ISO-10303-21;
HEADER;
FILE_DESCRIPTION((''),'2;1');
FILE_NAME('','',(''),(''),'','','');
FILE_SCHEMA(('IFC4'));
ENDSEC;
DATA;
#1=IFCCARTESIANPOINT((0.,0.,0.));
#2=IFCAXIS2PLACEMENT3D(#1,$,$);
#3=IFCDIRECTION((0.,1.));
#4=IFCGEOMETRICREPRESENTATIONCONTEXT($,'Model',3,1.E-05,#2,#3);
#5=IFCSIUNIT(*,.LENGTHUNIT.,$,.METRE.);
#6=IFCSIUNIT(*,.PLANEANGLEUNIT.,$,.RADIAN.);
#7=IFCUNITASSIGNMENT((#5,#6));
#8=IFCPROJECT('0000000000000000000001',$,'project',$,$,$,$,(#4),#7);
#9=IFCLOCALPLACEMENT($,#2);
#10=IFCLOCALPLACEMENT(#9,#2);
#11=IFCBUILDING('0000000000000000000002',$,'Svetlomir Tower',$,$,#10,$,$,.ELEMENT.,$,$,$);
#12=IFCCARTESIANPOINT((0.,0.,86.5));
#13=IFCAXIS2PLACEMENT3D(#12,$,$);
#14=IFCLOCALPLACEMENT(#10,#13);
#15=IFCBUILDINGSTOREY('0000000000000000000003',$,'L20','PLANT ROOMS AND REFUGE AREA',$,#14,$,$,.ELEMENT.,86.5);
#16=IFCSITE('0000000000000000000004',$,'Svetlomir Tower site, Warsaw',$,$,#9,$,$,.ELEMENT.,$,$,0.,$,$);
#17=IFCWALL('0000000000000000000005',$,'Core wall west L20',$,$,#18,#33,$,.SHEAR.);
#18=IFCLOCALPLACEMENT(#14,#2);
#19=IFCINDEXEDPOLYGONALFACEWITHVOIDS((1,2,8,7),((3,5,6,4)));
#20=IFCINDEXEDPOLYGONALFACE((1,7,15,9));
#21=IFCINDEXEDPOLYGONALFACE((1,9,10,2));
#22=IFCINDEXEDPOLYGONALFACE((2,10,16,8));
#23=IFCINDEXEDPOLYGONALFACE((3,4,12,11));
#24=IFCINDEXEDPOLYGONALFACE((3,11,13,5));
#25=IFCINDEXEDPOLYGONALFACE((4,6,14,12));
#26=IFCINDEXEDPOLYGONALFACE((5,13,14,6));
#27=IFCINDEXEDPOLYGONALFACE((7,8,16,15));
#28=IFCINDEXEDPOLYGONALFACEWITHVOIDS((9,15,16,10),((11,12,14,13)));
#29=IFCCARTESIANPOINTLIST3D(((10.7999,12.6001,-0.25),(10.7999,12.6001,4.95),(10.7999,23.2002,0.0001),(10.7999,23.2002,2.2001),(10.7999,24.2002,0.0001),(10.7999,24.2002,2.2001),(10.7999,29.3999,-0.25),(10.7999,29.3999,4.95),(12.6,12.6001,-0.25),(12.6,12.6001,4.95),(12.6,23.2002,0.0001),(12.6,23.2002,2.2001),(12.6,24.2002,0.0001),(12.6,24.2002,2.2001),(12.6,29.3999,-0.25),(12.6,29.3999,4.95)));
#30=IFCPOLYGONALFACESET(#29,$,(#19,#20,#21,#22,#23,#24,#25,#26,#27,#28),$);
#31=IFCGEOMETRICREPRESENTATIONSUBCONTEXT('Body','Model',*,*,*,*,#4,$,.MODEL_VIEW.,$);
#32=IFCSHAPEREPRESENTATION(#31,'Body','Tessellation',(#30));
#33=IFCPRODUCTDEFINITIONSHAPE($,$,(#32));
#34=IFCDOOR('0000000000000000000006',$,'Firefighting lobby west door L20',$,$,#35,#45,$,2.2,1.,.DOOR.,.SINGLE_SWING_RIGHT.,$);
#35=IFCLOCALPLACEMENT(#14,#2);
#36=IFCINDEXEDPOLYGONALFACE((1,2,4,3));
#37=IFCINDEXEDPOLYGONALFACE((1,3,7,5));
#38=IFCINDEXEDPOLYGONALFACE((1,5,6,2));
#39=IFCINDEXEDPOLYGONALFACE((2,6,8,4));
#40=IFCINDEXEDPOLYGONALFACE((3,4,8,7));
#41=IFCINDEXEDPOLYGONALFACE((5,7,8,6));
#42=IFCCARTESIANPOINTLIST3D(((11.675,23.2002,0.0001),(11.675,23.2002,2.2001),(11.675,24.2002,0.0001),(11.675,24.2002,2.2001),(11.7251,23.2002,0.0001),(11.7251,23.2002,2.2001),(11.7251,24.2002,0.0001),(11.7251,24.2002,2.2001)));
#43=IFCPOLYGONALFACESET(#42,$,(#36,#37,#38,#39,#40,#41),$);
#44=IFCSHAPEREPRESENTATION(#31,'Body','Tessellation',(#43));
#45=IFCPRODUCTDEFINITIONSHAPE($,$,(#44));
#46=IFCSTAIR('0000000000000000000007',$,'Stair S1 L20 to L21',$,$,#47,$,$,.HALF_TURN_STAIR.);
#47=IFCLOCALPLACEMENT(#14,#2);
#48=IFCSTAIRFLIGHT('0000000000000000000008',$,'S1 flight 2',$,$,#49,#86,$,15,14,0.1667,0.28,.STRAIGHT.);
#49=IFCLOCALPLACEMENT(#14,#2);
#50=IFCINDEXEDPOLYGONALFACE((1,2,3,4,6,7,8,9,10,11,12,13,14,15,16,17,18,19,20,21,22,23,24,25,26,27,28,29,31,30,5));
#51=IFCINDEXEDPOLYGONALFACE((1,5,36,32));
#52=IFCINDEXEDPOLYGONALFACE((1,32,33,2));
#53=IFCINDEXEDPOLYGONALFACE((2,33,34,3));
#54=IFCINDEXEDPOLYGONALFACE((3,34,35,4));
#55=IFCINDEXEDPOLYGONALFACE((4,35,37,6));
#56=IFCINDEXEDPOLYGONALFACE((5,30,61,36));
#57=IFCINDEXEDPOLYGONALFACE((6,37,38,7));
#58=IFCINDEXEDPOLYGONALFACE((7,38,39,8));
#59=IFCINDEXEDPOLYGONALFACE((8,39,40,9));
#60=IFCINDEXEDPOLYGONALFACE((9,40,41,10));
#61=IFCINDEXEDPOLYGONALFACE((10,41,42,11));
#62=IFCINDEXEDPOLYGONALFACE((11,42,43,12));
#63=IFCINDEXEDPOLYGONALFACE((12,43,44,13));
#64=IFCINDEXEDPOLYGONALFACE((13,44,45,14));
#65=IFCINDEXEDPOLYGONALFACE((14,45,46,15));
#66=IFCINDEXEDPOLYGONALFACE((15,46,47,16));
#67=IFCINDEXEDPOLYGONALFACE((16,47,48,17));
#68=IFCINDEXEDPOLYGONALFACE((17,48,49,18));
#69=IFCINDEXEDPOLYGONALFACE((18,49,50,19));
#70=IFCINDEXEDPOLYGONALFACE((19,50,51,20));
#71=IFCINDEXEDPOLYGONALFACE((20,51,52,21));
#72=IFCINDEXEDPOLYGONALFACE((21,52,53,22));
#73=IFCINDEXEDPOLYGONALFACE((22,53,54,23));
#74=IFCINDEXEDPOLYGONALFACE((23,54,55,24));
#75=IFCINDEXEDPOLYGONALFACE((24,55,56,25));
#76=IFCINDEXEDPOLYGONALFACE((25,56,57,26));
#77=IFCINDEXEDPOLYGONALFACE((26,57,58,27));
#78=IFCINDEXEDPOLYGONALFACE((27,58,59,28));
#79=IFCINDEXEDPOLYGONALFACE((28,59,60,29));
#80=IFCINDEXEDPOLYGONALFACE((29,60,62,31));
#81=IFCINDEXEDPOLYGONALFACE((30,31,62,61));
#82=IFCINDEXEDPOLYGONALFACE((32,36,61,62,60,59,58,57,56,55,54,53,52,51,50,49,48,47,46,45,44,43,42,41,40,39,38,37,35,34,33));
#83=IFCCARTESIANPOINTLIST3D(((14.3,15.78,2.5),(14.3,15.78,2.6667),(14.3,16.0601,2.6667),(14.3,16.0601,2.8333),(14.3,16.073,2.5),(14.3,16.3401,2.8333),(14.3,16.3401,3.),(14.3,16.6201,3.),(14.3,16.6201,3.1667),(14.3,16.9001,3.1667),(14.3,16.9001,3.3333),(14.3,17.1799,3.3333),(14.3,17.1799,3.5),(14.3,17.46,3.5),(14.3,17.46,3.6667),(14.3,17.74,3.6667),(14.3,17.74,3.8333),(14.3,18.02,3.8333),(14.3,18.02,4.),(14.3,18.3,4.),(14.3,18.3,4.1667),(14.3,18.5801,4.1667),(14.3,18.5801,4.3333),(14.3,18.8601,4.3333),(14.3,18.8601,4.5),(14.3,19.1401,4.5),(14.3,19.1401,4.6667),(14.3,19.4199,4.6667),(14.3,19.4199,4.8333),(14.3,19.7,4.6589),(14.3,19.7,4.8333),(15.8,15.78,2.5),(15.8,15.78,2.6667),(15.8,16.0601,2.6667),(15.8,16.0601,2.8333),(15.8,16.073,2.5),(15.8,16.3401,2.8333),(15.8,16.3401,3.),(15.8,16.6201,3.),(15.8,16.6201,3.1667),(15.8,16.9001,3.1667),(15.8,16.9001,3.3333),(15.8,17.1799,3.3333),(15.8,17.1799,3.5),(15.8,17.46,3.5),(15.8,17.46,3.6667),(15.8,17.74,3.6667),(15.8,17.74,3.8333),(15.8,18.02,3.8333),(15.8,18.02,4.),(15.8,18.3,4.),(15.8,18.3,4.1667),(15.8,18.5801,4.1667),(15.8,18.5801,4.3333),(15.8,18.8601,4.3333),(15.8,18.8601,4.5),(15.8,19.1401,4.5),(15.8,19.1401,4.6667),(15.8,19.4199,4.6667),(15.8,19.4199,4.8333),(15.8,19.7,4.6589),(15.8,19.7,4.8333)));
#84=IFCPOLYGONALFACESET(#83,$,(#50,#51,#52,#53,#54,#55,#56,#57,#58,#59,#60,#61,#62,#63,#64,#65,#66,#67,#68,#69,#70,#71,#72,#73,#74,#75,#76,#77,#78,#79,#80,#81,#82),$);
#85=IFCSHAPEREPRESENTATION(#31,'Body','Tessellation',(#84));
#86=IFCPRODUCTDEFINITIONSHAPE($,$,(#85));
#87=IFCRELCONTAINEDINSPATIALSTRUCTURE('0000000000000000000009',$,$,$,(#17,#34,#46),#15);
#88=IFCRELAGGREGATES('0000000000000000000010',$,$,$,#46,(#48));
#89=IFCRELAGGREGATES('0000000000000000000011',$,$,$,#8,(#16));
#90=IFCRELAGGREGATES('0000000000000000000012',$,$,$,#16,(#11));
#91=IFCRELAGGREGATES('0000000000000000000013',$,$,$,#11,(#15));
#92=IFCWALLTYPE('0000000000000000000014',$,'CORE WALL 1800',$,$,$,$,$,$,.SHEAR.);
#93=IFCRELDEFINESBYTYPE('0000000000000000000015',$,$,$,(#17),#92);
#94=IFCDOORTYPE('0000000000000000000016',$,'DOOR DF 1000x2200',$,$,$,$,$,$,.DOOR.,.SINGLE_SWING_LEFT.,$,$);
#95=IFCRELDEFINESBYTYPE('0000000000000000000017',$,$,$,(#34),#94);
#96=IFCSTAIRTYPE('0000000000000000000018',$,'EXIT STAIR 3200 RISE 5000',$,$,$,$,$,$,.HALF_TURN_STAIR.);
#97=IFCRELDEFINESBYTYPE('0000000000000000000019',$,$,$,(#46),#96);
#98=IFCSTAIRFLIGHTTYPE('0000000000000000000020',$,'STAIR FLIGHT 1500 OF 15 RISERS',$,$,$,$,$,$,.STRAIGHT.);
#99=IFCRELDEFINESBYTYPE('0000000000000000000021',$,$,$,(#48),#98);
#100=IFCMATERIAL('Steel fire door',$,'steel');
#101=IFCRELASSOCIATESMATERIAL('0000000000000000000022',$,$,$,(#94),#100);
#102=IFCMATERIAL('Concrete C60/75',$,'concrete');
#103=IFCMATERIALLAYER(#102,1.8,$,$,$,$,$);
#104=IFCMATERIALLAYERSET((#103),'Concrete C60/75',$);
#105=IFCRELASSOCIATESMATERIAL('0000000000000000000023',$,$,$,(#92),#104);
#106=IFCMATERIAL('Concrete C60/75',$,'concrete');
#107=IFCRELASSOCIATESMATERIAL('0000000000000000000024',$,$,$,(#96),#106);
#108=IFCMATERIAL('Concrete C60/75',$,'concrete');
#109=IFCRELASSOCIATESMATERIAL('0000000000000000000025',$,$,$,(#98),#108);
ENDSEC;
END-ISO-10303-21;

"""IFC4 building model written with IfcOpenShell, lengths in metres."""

from ifc_helpers import new_model, si_unit, direction, frame, frame_2d, origin, place, context, subcontext, project, spatial, polyline, rectangle, outline, extrude, material, layer, layer_set, type_object, element, fill, aggregate, save


model = new_model("IFC4")

# Units and contexts
model_context = context("Model", 3, precision=1e-05, world=origin(), true_north=direction((0.0, 1.0)))
body_context = subcontext(model_context, "Body", "Model", "MODEL_VIEW")
ifc_project = project(units=[si_unit("LENGTHUNIT", "METRE"), si_unit("PLANEANGLEUNIT", "RADIAN")], contexts=[model_context])

# Site, building, storey
site_placement = place(None, origin())
site = spatial("IfcSite", under=ifc_project, at=site_placement, Name="Svetlomir Tower site, Warsaw", CompositionType="ELEMENT", RefElevation=0.0)
building_placement = place(site_placement, origin())
building = spatial("IfcBuilding", under=site, at=building_placement, Name="Svetlomir Tower", CompositionType="ELEMENT")
storey_placement = place(building_placement, frame((0.0, 0.0, 86.5)))
storey = spatial("IfcBuildingStorey", under=building, at=storey_placement, Name="L20", Description="PLANT ROOMS AND REFUGE AREA", CompositionType="ELEMENT", Elevation=86.5)

# Shared definitions
ifc_material_1 = material(Name="Steel fire door", Category="steel")
door_type_1 = type_object("IfcDoorType", Name="DOOR DF 1000x2200", OperationType="SINGLE_SWING_LEFT", PredefinedType="DOOR", material=ifc_material_1)

# Wall, opening, door
ifc_material_2 = material(Name="Concrete C60/75", Category="concrete")
ifc_layer_1 = layer(ifc_material_2, 1.8)
ifc_layer_set_1 = layer_set([ifc_layer_1], Name="Concrete C60/75")
wall_type_1 = type_object("IfcWallType", Name="CORE WALL 1800", PredefinedType="SHEAR", material=ifc_layer_set_1)
wall_1_placement = place(storey_placement, frame((11.7, 12.6001, -0.25), z_axis=(0.0, 0.0, 1.0), x_axis=(0.0, 1.0, 0.0)))
wall_1 = element("IfcWall", 1, at=wall_1_placement, inside=storey, type_object=wall_type_1, Name="Core wall west L20", PredefinedType="SHEAR", context=body_context, shape_type="SweptSolid", body=[
    extrude(rectangle(XDim=16.7998, YDim=1.8, at=frame_2d((8.3999, 0.0))), origin(), (0.0, 0.0, 1.0), 5.2),
])
opening_1_placement = place(wall_1_placement, frame((10.6001, 0.0, 0.25)))
opening_1 = element("IfcOpeningElement", 2, at=opening_1_placement, cuts=wall_1, PredefinedType="OPENING", context=body_context, shape_type="SweptSolid", body=[
    extrude(rectangle(XDim=1.0, YDim=2.2, at=frame_2d((0.5, 1.1001))), frame((0.0, 0.9102, 0.0), z_axis=(0.0, -1.0, 0.0), x_axis=(1.0, 0.0, 0.0)), (0.0, 0.0, 1.0), 1.8201),
])
door_1_placement = place(opening_1_placement, origin())
door_1 = element("IfcDoor", 3, at=door_1_placement, inside=storey, type_object=door_type_1, Name="Firefighting lobby west door L20", OperationType="SINGLE_SWING_RIGHT", OverallHeight=2.2, OverallWidth=1.0, PredefinedType="DOOR", context=body_context, shape_type="SweptSolid", body=[
    extrude(rectangle(XDim=1.0, YDim=2.2, at=frame_2d((0.5, 1.1001))), frame((0.0, 0.0249, 0.0), z_axis=(0.0, -1.0, 0.0), x_axis=(1.0, 0.0, 0.0)), (0.0, 0.0, 1.0), 0.05),
])
fill(opening_1, door_1)

# Stair, stair flight
ifc_material_3 = material(Name="Concrete C60/75", Category="concrete")
stair_type = type_object("IfcStairType", Name="EXIT STAIR 3200 RISE 5000", PredefinedType="HALF_TURN_STAIR", material=ifc_material_3)
stair_placement = place(storey_placement, origin())
stair = element("IfcStair", 4, at=stair_placement, inside=storey, type_object=stair_type, Name="Stair S1 L20 to L21", PredefinedType="HALF_TURN_STAIR")
ifc_material_4 = material(Name="Concrete C60/75", Category="concrete")
stair_flight_type = type_object("IfcStairFlightType", Name="STAIR FLIGHT 1500 OF 15 RISERS", PredefinedType="STRAIGHT", material=ifc_material_4)
stair_flight_placement = place(storey_placement, frame((15.05, 15.78, 2.5), z_axis=(0.0, 0.0, 1.0), x_axis=(0.0, 1.0, 0.0)))
stair_flight = element("IfcStairFlight", 5, at=stair_flight_placement, type_object=stair_flight_type, Name="S1 flight 2", NumberOfRisers=15, NumberOfTreads=14, PredefinedType="STRAIGHT", RiserHeight=0.1667, TreadLength=0.28, context=body_context, shape_type="SweptSolid", body=[
    extrude(outline(polyline([(0.0, 0.0), (0.0, 0.1667), (0.28, 0.1667), (0.28, 0.3333), (0.5601, 0.3333), (0.5601, 0.5), (0.8401, 0.5), (0.8401, 0.6667), (1.1201, 0.6667), (1.1201, 0.8333), (1.3999, 0.8333), (1.3999, 1.0), (1.6799, 1.0), (1.6799, 1.1667), (1.96, 1.1667), (1.96, 1.3333), (2.24, 1.3333), (2.24, 1.5), (2.52, 1.5), (2.52, 1.6667), (2.8, 1.6667), (2.8, 1.8333), (3.0801, 1.8333), (3.0801, 2.0), (3.3601, 2.0), (3.3601, 2.1667), (3.6399, 2.1667), (3.6399, 2.3333), (3.9199, 2.3333), (3.9199, 2.5), (3.9199, 2.1589), (0.293, 0.0), (0.0, 0.0)])), frame((0.0, 0.75, 0.0), z_axis=(0.0, -1.0, 0.0), x_axis=(1.0, 0.0, 0.0)), (0.0, 0.0, 1.0), 1.5),
])
aggregate(stair, [stair_flight])

save(model, "model.ifc")
